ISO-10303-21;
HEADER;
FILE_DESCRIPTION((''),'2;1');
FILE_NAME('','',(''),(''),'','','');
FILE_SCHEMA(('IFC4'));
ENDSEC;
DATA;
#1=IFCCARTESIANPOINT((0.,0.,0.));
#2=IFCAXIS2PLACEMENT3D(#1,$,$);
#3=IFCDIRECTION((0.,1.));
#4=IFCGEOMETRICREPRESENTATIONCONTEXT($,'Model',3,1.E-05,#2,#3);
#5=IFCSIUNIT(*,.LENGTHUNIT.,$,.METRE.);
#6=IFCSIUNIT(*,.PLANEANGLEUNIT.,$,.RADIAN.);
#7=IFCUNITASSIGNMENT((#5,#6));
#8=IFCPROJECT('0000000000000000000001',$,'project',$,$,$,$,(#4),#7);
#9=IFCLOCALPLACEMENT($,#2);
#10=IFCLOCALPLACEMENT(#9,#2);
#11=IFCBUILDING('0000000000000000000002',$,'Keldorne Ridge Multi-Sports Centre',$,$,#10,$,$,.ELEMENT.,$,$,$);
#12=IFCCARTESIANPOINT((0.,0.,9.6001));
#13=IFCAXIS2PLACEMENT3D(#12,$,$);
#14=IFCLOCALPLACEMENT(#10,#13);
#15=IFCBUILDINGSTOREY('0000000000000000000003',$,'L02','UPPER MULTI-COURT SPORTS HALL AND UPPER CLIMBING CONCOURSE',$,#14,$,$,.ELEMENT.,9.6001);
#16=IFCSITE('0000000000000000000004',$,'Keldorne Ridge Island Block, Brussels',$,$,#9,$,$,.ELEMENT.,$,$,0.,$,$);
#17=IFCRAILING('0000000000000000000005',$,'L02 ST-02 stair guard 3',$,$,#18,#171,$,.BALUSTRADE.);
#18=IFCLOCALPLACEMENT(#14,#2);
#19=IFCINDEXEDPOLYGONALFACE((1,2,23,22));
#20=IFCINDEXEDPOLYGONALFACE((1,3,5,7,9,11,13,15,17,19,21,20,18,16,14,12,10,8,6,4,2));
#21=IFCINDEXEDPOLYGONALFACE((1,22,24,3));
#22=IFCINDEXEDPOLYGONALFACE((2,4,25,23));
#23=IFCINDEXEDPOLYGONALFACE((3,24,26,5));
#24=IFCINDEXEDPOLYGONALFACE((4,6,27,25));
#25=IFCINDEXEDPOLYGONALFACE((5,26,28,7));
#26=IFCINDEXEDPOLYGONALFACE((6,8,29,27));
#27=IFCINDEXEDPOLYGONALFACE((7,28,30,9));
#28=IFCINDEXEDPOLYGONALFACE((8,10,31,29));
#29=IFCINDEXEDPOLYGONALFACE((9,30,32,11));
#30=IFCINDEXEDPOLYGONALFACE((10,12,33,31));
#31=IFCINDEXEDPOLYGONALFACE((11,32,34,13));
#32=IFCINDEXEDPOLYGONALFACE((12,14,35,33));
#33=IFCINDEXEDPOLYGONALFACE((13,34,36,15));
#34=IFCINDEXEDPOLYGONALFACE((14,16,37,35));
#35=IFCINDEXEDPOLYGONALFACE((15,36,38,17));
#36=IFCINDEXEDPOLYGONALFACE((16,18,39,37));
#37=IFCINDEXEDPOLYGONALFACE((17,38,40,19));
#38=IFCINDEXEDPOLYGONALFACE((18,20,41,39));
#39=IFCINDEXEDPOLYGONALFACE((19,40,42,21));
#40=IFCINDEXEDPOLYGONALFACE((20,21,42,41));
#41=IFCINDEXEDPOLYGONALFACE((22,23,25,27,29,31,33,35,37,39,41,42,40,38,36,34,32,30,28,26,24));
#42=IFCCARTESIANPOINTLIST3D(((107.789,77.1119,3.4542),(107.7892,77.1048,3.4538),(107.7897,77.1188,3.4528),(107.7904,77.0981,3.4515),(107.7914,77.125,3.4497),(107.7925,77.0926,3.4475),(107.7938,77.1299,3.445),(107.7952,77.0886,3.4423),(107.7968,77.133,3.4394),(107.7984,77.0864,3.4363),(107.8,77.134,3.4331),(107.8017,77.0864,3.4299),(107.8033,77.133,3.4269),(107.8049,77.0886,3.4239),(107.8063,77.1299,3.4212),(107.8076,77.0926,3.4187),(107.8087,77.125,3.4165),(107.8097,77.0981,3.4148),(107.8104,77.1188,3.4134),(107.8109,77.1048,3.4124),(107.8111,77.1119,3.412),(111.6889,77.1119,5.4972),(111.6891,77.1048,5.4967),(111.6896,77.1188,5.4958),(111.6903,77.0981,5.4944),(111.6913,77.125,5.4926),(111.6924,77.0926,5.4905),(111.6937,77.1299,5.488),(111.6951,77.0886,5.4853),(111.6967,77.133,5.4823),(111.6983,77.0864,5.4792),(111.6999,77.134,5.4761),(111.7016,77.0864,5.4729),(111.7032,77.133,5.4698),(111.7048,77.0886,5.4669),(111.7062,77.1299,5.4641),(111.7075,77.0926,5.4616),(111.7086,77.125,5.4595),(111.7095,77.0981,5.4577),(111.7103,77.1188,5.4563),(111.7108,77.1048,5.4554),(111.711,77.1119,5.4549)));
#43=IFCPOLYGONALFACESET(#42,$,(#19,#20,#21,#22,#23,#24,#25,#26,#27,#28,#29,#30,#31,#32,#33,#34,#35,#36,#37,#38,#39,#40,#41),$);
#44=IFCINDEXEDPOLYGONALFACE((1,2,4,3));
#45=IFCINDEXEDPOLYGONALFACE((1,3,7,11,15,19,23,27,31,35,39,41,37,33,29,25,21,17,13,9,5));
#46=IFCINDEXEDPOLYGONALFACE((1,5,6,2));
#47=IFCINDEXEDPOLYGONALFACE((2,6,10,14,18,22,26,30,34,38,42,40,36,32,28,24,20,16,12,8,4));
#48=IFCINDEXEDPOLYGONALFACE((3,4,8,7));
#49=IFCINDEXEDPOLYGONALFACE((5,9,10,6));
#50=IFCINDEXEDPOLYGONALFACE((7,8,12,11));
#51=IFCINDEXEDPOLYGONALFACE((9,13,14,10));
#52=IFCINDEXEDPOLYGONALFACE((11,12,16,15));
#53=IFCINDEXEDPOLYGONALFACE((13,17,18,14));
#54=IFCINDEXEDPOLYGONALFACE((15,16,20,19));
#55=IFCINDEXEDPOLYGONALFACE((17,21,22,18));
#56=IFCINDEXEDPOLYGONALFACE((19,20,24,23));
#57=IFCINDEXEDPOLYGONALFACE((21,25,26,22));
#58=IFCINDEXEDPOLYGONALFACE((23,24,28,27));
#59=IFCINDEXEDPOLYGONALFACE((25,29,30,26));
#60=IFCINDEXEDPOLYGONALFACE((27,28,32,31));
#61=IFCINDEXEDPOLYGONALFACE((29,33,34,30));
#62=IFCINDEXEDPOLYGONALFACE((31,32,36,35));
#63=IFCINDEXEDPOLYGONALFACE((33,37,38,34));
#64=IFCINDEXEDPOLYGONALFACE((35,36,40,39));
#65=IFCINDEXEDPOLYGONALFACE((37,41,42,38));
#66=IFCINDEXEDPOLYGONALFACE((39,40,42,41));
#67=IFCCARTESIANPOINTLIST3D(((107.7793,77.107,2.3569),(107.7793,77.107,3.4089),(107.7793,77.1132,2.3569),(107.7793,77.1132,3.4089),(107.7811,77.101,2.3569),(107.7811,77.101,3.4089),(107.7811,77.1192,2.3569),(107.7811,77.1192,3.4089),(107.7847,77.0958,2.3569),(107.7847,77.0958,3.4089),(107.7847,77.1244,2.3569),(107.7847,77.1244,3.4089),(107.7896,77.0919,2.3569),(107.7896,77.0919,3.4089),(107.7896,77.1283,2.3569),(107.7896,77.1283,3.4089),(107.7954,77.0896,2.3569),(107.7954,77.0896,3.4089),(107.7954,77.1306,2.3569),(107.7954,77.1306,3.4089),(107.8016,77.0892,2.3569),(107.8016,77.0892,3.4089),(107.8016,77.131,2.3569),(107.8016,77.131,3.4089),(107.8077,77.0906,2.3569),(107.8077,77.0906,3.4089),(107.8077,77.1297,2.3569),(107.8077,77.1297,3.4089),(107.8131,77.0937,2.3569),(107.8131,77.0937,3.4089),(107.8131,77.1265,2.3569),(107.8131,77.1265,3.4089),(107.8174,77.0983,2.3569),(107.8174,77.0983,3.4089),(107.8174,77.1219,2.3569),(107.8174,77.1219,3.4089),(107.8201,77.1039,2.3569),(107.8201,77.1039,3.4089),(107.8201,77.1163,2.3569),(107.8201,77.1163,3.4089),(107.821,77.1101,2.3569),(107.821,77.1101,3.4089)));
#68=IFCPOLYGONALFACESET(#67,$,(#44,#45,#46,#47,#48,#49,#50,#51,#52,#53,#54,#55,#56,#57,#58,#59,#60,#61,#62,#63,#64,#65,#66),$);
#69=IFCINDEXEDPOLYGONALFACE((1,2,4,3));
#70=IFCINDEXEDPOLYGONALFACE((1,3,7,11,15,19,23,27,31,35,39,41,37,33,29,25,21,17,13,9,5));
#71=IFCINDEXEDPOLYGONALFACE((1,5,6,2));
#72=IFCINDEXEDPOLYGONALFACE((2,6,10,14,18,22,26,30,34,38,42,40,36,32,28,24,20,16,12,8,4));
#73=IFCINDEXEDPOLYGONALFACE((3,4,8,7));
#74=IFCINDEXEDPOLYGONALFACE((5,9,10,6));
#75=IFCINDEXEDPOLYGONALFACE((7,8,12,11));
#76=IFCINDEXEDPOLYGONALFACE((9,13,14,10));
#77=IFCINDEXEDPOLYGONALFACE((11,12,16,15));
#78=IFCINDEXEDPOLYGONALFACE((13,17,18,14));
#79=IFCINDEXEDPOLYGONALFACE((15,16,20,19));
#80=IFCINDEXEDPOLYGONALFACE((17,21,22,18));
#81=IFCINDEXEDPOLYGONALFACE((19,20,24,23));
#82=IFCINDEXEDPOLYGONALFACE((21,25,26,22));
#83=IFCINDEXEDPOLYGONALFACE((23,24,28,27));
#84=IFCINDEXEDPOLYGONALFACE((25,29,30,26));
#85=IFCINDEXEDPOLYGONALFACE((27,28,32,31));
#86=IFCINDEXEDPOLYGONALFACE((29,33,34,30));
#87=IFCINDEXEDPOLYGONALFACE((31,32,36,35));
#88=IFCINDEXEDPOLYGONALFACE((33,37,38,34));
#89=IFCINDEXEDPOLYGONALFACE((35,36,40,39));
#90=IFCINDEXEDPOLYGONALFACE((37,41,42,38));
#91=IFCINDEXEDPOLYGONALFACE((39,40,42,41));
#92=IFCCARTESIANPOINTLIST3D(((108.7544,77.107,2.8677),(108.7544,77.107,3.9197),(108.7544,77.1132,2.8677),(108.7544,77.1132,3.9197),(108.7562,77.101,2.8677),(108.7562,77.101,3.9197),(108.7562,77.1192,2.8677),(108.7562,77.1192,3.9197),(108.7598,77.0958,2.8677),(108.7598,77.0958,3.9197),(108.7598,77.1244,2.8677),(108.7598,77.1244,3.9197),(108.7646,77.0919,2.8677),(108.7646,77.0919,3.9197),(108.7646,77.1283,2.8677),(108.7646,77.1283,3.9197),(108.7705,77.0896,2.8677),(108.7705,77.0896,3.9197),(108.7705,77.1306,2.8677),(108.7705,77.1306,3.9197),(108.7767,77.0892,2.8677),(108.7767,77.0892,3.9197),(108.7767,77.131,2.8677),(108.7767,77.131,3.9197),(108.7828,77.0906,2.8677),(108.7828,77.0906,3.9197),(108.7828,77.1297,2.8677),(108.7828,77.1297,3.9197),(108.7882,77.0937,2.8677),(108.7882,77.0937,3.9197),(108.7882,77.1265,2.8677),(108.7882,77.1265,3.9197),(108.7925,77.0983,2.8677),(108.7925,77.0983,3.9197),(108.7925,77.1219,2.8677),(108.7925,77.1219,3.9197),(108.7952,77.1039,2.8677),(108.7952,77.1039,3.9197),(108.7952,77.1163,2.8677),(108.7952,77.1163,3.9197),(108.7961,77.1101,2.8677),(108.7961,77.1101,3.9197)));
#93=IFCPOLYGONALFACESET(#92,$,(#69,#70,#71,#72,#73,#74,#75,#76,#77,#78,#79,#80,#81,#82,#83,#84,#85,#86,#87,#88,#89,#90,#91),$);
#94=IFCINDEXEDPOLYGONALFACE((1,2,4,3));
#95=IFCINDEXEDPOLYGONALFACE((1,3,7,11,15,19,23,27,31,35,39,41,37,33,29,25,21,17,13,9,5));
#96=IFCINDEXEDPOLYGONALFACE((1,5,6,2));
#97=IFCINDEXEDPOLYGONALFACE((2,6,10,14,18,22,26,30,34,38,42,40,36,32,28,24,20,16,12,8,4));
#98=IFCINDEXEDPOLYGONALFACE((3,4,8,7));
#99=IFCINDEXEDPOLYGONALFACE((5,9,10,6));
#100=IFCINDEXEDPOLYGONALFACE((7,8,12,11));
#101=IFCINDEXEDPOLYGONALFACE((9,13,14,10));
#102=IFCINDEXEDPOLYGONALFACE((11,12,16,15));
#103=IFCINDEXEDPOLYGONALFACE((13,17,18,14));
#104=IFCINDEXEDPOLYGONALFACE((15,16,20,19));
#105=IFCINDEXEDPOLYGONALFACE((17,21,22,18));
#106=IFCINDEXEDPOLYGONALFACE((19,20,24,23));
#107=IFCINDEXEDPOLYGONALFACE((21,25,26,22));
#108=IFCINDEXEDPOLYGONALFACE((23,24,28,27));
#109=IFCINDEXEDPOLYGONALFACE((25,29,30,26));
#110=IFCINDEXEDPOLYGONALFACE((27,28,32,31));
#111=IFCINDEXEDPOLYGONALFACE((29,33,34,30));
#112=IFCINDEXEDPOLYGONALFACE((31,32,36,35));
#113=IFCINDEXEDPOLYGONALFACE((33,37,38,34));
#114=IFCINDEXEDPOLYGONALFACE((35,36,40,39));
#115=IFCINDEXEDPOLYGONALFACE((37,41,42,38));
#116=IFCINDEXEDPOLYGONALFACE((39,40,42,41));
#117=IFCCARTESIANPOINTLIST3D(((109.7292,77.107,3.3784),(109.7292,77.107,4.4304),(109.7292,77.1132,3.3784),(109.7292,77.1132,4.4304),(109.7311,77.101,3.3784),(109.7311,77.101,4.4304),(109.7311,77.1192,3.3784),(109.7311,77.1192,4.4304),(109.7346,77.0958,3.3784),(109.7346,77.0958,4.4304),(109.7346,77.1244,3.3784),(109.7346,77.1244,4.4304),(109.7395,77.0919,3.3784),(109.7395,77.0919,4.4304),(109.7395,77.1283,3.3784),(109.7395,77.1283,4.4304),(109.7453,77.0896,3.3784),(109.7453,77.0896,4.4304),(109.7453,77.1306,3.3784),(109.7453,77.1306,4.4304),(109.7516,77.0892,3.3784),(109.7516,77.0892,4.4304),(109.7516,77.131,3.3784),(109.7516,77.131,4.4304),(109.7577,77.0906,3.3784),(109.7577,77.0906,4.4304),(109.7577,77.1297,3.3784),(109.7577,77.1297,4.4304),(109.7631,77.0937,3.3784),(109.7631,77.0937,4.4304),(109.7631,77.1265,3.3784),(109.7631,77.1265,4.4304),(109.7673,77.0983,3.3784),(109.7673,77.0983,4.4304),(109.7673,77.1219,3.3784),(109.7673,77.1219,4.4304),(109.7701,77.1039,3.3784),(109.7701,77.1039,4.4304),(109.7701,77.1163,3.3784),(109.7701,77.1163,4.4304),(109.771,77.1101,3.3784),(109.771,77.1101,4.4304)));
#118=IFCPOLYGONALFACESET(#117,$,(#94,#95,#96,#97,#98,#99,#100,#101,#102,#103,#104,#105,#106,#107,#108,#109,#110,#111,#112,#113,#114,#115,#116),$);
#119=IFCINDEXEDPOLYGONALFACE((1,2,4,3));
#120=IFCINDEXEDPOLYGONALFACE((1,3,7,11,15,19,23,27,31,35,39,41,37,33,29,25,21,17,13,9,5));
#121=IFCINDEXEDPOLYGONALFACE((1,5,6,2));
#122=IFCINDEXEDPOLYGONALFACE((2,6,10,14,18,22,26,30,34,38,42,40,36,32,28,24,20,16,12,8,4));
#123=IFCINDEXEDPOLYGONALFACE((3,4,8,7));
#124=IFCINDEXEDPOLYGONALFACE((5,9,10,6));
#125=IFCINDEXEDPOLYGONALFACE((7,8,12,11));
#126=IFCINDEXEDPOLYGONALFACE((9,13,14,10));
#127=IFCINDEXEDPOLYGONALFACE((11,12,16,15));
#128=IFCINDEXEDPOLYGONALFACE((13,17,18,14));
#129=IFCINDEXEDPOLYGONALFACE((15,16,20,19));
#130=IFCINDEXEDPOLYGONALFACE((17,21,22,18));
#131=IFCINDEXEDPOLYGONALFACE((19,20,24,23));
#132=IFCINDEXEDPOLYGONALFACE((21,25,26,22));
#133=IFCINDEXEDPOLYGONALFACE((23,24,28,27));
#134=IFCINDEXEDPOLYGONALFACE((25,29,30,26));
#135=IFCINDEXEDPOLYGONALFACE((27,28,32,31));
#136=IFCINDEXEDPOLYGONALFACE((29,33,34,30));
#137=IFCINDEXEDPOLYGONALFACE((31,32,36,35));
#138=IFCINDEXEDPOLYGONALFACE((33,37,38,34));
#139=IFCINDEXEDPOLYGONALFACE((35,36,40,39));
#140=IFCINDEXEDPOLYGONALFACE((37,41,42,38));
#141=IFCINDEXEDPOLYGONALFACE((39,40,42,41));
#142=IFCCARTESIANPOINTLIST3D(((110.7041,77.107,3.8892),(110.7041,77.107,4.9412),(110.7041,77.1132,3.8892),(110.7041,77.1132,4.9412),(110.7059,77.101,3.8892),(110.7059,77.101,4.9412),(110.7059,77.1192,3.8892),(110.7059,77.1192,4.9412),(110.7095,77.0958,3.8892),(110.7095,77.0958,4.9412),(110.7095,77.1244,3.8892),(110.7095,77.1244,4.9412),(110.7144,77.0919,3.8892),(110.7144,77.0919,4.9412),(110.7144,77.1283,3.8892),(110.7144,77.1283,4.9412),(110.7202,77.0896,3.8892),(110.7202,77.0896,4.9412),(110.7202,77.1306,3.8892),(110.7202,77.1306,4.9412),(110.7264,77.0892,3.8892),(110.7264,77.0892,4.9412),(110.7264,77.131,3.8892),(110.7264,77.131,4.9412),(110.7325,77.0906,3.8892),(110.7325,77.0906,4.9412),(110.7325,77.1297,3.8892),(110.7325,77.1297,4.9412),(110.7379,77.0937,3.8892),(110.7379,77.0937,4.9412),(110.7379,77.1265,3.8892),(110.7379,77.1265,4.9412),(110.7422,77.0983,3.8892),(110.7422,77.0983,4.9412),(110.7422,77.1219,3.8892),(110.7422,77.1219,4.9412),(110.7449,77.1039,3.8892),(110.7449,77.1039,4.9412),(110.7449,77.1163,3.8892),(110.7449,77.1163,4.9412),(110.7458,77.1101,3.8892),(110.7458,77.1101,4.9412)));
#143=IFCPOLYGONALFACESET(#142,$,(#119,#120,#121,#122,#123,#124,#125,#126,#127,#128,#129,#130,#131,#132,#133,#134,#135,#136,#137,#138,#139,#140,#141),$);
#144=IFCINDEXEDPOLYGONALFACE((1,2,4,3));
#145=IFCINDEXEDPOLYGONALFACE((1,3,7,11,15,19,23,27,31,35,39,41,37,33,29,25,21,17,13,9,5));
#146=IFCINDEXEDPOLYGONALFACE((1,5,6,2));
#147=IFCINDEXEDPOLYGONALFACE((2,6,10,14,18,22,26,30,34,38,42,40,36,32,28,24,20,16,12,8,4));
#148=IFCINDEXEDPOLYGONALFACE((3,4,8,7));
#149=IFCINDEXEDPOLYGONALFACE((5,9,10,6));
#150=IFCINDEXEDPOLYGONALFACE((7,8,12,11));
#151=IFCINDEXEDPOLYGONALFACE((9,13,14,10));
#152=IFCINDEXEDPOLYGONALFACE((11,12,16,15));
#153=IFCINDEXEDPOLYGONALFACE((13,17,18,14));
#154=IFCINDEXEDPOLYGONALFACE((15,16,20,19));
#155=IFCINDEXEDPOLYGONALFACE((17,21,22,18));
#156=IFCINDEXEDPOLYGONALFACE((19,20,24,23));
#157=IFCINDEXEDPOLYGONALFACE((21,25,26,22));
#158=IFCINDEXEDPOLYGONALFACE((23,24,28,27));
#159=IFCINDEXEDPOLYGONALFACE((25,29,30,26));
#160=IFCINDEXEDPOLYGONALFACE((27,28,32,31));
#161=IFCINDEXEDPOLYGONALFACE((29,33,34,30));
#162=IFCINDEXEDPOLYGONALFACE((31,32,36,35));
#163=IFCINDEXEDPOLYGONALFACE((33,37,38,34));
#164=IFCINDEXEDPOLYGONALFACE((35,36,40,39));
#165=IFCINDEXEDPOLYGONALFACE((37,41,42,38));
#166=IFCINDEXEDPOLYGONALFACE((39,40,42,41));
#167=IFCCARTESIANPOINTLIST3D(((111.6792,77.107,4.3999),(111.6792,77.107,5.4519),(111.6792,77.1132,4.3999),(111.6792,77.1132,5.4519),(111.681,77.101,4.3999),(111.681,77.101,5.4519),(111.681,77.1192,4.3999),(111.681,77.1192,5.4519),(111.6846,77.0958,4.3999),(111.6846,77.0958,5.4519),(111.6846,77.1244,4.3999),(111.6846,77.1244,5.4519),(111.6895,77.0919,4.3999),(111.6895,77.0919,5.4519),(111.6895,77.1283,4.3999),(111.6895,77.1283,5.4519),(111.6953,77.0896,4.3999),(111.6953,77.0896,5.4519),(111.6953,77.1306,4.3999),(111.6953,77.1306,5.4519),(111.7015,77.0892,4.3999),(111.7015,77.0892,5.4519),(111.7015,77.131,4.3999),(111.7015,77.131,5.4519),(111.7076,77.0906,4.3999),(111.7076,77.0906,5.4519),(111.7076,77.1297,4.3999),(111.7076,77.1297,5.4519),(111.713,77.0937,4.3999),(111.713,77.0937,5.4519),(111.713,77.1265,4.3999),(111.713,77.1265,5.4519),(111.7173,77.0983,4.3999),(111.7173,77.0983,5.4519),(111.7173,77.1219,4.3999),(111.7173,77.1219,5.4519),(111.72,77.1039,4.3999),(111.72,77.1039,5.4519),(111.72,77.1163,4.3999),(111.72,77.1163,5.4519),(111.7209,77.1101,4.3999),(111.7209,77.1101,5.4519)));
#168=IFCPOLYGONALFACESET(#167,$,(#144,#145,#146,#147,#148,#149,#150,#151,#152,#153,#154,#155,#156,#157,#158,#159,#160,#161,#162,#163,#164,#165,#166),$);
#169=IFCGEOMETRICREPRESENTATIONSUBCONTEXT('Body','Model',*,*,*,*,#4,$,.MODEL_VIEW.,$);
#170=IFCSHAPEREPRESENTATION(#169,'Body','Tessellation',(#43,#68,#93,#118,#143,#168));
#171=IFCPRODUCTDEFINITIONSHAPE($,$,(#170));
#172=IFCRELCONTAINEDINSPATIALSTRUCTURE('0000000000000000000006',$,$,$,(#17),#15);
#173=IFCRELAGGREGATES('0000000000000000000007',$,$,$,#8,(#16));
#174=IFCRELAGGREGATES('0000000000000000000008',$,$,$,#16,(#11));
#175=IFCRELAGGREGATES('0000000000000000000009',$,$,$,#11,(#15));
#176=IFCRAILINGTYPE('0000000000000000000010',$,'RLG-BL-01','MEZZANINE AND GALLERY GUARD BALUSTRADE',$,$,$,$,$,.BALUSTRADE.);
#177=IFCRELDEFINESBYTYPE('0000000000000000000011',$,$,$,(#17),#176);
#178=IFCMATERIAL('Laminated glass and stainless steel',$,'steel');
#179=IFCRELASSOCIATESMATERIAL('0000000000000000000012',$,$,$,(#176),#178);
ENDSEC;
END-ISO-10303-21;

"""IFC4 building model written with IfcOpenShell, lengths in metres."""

from ifc_helpers import new_model, si_unit, direction, frame, origin, origin_2d, place, context, subcontext, project, spatial, circle, extrude, material, type_object, element, save


model = new_model("IFC4")

# Units and contexts
model_context = context("Model", 3, precision=1e-05, world=origin(), true_north=direction((0.0, 1.0)))
body_context = subcontext(model_context, "Body", "Model", "MODEL_VIEW")
ifc_project = project(units=[si_unit("LENGTHUNIT", "METRE"), si_unit("PLANEANGLEUNIT", "RADIAN")], contexts=[model_context])

# Site, building, storey
site_placement = place(None, origin())
site = spatial("IfcSite", under=ifc_project, at=site_placement, Name="Keldorne Ridge Island Block, Brussels", CompositionType="ELEMENT", RefElevation=0.0)
building_placement = place(site_placement, origin())
building = spatial("IfcBuilding", under=site, at=building_placement, Name="Keldorne Ridge Multi-Sports Centre", CompositionType="ELEMENT")
storey_placement = place(building_placement, frame((0.0, 0.0, 9.6001)))
storey = spatial("IfcBuildingStorey", under=building, at=storey_placement, Name="L02", Description="UPPER MULTI-COURT SPORTS HALL AND UPPER CLIMBING CONCOURSE", CompositionType="ELEMENT", Elevation=9.6001)

# Railing
ifc_material_1 = material(Name="Laminated glass and stainless steel", Category="steel")
railing_type_1 = type_object("IfcRailingType", Name="RLG-BL-01", Description="MEZZANINE AND GALLERY GUARD BALUSTRADE", PredefinedType="BALUSTRADE", material=ifc_material_1)
railing_1_placement = place(storey_placement, frame((107.8, 77.1101, 2.3569)))
element("IfcRailing", 1, at=railing_1_placement, inside=storey, type_object=railing_type_1, Name="L02 ST-02 stair guard 3", PredefinedType="BALUSTRADE", context=body_context, shape_type="SweptSolid", body=[
    extrude(circle(Radius=0.0239, at=origin_2d()), frame((0.0, 0.0, 1.0762), z_axis=(0.885816, 0.0, 0.464036), x_axis=(0.0, 1.0, 0.0)), (0.0, 0.0, 1.0), 4.4026),
    extrude(circle(Radius=0.021, at=origin_2d()), origin(), (0.0, 0.0, 1.0), 1.052),
    extrude(circle(Radius=0.021, at=origin_2d()), frame((0.9751, 0.0, 0.5107)), (0.0, 0.0, 1.0), 1.052),
    extrude(circle(Radius=0.021, at=origin_2d()), frame((1.95, 0.0, 1.0215)), (0.0, 0.0, 1.0), 1.052),
    extrude(circle(Radius=0.021, at=origin_2d()), frame((2.9248, 0.0, 1.5322)), (0.0, 0.0, 1.0), 1.052),
    extrude(circle(Radius=0.021, at=origin_2d()), frame((3.8999, 0.0, 2.043)), (0.0, 0.0, 1.0), 1.052),
])

save(model, "model.ifc")
